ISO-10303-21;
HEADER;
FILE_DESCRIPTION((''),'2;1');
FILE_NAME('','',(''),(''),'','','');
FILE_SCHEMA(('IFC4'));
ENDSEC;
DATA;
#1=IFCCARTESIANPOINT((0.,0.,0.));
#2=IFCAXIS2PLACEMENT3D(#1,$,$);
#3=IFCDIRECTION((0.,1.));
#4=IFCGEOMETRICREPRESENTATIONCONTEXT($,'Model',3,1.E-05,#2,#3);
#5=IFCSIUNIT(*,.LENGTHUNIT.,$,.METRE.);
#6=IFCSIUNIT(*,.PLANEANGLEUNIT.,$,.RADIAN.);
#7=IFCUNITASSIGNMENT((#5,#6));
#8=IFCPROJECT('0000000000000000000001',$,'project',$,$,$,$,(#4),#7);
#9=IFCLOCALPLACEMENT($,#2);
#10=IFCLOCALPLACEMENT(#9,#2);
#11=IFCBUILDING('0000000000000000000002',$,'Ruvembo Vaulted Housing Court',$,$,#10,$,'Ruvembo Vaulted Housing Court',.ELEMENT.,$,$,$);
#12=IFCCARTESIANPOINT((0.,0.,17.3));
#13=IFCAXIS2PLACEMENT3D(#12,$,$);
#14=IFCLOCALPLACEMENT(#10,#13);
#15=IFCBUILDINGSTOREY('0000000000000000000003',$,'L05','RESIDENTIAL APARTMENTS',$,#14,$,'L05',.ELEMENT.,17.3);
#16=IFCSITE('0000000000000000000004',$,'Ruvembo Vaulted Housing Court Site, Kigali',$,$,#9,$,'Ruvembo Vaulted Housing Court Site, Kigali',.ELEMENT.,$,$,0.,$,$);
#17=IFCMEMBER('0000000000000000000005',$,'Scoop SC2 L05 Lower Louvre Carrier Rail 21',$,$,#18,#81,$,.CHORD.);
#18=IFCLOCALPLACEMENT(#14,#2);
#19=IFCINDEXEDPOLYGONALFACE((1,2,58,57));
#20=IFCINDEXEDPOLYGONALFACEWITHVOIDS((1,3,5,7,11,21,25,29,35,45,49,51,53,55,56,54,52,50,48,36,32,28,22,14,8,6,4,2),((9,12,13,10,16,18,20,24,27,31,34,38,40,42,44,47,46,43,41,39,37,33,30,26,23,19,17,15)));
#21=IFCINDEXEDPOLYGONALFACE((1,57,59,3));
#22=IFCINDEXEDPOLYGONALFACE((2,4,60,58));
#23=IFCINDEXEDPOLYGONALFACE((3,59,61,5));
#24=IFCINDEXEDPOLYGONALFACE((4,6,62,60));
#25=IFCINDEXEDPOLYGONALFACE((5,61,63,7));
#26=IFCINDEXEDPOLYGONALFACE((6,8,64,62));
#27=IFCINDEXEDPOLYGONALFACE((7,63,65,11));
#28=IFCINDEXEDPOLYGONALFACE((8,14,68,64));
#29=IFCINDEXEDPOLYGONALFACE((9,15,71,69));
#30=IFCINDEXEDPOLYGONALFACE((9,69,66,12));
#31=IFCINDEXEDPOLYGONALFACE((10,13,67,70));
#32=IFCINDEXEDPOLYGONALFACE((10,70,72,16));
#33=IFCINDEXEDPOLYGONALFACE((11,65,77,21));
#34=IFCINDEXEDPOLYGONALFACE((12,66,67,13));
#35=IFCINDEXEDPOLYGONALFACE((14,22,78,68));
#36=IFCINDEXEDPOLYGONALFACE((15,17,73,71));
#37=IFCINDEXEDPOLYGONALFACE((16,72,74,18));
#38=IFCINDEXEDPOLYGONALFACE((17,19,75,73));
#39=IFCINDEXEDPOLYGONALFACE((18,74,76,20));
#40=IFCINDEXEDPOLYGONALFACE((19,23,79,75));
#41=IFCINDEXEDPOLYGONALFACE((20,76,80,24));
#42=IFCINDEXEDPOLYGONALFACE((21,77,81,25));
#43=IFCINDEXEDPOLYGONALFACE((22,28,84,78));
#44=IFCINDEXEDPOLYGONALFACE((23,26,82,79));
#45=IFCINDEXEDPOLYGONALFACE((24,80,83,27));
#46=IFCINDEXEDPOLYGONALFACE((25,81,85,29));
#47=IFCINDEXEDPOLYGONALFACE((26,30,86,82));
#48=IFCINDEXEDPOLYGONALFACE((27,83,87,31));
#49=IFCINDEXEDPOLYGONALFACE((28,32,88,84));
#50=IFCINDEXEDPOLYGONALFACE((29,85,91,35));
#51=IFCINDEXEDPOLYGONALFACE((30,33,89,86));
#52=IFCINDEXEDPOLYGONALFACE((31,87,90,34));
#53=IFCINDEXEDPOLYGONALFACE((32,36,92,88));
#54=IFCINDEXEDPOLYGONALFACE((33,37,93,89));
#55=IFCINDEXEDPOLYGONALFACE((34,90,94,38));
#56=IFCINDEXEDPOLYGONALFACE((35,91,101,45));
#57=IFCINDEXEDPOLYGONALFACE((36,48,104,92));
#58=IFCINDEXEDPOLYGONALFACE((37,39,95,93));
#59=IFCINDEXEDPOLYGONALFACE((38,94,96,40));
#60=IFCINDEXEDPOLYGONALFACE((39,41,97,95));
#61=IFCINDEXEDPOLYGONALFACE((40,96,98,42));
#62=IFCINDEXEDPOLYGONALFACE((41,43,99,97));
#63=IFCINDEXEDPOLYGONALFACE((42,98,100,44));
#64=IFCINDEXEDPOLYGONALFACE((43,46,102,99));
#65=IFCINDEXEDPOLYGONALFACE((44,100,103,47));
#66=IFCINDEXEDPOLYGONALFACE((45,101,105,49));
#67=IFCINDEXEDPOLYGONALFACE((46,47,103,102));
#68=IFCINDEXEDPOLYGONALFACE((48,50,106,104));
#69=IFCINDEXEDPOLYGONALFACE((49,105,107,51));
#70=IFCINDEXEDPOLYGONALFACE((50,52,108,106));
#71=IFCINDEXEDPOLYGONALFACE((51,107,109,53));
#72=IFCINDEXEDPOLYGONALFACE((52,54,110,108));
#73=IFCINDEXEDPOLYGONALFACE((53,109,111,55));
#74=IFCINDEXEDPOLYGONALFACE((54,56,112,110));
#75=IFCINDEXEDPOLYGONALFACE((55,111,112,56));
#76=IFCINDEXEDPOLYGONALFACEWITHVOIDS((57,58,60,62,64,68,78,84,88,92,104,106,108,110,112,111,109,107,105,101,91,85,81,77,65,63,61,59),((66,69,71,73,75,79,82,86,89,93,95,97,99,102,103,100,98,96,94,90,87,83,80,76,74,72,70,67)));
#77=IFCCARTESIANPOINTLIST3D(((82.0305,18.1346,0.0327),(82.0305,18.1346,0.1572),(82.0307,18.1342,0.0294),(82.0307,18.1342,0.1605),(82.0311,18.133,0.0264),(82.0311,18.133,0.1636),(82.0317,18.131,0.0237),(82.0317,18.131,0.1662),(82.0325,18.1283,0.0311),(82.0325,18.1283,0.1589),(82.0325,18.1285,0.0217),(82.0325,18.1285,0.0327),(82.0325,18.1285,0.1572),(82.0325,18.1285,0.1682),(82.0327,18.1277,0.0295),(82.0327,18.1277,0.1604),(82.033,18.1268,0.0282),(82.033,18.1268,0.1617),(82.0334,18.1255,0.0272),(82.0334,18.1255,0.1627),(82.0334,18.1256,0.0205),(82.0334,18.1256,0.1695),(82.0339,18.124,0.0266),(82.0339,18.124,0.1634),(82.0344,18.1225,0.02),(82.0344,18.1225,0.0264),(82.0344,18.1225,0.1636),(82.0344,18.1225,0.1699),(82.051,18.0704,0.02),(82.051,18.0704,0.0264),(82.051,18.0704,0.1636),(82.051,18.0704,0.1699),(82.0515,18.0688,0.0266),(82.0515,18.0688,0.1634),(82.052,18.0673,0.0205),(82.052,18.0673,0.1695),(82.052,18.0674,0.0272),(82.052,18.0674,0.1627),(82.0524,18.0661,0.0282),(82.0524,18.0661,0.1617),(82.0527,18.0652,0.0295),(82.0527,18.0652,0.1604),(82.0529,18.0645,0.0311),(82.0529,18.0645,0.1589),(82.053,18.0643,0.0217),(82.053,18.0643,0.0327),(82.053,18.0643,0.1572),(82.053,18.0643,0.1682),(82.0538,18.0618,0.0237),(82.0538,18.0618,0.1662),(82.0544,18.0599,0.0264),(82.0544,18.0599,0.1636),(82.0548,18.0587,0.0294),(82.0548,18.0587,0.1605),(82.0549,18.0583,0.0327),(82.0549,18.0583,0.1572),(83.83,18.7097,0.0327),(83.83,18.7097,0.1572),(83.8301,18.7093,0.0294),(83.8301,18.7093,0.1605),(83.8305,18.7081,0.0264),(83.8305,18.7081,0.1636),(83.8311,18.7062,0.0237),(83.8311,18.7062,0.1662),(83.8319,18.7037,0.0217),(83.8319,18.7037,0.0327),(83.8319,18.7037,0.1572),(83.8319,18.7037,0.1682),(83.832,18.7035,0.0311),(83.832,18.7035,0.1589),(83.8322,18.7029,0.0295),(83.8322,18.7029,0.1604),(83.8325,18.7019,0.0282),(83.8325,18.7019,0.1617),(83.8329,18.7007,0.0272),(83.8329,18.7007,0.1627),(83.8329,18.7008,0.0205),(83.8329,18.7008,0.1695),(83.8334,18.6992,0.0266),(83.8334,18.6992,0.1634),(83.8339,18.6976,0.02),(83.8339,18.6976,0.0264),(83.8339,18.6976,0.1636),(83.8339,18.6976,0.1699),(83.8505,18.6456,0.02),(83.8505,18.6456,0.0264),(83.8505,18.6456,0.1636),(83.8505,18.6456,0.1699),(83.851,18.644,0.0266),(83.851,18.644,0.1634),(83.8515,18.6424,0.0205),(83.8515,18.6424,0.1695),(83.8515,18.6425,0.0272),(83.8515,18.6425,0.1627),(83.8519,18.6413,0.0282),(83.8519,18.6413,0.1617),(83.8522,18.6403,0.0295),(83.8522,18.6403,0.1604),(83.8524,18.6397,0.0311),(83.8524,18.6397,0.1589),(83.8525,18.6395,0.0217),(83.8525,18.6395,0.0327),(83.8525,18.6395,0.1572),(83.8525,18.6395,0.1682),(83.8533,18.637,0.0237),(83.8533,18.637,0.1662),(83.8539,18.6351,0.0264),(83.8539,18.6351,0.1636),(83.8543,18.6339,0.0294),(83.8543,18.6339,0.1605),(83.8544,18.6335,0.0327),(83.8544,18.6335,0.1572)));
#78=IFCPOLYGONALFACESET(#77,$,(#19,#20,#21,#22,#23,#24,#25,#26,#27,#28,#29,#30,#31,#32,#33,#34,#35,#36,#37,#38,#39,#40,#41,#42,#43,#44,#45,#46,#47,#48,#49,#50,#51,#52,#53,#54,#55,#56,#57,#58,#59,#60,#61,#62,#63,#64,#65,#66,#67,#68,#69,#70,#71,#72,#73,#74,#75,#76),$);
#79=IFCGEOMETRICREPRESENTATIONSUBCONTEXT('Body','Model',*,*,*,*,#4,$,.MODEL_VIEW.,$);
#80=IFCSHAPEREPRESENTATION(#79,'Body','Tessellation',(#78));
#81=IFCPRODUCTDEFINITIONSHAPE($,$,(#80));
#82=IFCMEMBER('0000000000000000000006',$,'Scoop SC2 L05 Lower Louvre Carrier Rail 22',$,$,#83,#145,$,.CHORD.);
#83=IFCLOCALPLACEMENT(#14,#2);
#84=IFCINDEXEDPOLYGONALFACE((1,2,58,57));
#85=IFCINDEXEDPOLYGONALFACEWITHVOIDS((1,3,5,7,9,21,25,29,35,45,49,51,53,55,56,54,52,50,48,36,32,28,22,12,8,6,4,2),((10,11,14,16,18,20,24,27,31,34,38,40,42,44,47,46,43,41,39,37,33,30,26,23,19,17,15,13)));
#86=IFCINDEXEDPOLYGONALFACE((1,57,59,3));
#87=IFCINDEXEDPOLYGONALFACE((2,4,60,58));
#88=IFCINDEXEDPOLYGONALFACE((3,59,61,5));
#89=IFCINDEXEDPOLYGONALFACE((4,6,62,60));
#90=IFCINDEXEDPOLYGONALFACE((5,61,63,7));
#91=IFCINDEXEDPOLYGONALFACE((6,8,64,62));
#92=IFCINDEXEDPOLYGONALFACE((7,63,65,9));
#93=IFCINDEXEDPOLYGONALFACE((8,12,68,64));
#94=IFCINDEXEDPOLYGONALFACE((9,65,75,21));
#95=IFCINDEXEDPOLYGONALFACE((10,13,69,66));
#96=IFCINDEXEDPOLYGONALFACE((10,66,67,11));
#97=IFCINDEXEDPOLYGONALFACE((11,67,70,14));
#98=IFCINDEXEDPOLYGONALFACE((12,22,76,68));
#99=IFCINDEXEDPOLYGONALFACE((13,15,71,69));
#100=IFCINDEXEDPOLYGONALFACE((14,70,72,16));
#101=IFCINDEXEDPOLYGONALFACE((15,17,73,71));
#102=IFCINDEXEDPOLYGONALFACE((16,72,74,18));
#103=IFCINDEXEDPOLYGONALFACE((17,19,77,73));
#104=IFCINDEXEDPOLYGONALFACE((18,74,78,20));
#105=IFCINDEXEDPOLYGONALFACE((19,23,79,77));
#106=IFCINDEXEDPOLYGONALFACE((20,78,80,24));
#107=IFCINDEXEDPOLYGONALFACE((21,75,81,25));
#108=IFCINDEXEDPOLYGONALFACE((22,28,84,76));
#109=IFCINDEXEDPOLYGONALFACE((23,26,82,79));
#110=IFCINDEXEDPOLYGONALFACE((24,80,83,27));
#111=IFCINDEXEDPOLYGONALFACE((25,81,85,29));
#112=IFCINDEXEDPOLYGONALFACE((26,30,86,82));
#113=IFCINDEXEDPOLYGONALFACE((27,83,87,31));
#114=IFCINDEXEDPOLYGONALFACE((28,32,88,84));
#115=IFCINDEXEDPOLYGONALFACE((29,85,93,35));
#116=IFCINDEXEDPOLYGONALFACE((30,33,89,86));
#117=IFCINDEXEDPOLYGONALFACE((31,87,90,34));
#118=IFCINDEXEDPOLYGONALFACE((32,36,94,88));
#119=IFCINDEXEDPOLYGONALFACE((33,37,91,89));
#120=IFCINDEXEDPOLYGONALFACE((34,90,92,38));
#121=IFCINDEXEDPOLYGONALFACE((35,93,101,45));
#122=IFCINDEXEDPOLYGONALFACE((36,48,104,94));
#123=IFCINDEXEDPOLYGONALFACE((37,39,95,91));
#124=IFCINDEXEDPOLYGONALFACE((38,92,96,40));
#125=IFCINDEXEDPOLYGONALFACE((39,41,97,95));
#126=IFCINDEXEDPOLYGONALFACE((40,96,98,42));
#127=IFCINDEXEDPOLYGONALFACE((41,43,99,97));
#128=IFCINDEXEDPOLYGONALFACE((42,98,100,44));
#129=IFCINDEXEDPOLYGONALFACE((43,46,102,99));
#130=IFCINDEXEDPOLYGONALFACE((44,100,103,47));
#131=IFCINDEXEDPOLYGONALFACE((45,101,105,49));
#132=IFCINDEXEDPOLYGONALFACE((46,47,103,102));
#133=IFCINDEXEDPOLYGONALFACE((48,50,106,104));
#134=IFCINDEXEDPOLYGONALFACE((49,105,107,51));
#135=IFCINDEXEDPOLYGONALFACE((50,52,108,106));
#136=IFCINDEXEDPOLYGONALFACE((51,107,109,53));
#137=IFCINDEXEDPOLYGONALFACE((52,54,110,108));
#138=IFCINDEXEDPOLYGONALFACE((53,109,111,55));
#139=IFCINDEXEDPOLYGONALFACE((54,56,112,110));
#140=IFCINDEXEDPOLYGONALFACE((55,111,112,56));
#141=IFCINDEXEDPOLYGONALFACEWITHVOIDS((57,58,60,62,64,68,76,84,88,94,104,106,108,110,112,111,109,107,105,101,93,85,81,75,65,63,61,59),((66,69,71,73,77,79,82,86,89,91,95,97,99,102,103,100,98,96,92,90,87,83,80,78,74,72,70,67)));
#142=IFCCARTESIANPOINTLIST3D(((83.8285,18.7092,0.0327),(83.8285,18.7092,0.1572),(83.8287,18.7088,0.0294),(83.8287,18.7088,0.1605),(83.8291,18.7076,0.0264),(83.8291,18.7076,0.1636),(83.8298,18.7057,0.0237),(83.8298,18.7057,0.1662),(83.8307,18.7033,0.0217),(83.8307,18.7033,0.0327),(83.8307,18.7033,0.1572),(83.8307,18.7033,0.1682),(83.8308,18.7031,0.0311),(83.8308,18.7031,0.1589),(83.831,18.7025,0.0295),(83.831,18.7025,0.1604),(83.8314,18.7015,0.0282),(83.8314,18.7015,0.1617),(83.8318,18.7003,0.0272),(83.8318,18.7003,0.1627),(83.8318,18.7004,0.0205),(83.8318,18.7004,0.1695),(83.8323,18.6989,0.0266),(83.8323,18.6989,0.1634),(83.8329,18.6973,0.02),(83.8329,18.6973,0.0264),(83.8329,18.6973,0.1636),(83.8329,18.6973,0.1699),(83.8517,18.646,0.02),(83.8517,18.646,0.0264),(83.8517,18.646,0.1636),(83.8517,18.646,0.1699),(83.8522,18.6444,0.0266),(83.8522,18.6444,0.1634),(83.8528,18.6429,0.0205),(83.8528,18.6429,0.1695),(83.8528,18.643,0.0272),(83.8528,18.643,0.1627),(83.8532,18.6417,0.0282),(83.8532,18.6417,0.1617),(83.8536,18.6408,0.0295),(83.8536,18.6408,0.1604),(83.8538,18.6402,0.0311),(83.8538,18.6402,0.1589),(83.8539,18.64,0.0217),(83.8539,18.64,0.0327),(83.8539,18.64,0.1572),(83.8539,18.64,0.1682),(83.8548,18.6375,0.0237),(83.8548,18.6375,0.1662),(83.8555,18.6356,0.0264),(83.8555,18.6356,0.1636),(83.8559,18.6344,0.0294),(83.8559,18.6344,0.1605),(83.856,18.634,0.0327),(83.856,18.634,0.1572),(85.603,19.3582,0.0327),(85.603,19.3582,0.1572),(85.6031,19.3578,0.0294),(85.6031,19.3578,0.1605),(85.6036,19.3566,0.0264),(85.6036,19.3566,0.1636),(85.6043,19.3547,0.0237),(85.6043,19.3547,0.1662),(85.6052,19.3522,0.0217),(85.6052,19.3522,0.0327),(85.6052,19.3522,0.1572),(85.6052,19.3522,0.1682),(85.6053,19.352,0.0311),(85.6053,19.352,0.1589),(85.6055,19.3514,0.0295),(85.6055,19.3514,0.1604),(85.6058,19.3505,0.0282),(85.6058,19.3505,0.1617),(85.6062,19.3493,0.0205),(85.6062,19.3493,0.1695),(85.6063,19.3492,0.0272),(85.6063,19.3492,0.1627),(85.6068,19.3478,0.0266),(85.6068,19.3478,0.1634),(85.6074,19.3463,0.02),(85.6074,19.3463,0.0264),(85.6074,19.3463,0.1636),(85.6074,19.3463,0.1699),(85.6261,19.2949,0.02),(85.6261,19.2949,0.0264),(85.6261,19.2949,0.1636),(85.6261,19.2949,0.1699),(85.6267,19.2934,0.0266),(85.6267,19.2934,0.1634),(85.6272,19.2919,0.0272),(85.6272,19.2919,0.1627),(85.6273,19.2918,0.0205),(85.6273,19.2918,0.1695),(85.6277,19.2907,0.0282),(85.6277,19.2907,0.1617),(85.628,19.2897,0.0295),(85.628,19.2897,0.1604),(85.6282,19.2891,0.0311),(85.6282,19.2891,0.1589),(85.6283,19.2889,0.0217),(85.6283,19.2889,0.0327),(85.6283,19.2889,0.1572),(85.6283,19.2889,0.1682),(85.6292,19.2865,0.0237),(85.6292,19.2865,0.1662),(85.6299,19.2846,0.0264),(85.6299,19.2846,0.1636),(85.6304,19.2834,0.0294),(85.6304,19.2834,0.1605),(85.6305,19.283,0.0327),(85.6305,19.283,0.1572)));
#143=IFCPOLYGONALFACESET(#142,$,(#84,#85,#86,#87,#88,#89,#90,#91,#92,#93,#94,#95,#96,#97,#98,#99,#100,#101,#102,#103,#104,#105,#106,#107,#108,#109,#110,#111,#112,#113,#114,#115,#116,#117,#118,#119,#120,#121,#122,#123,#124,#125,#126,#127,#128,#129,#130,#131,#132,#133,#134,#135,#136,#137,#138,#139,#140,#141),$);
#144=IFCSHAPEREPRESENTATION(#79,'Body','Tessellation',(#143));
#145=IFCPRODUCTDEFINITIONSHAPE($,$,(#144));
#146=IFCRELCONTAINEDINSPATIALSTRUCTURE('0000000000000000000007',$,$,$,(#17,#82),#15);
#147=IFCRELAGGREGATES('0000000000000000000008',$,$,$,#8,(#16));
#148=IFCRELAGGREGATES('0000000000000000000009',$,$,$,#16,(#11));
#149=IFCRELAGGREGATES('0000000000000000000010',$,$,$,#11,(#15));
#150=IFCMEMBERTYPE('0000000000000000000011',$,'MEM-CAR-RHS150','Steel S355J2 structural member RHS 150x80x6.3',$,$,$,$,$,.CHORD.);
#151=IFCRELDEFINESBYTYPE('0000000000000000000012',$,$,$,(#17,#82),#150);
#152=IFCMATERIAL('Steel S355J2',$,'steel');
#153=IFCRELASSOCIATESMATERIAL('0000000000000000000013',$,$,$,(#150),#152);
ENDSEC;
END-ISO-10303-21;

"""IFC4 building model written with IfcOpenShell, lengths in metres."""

from ifc_helpers import new_model, si_unit, direction, frame, origin, origin_2d, place, context, subcontext, project, spatial, hollow_rectangle, extrude, material, material_profile, profile_set, type_object, element, save


model = new_model("IFC4")

# Units and contexts
model_context = context("Model", 3, precision=1e-05, world=origin(), true_north=direction((0.0, 1.0)))
body_context = subcontext(model_context, "Body", "Model", "MODEL_VIEW")
ifc_project = project(units=[si_unit("LENGTHUNIT", "METRE"), si_unit("PLANEANGLEUNIT", "RADIAN")], contexts=[model_context])

# Site, building, storey
site_placement = place(None, origin())
site = spatial("IfcSite", under=ifc_project, at=site_placement, Name="Ruvembo Vaulted Housing Court Site, Kigali", LongName="Ruvembo Vaulted Housing Court Site, Kigali", CompositionType="ELEMENT", RefElevation=0.0)
building_placement = place(site_placement, origin())
building = spatial("IfcBuilding", under=site, at=building_placement, Name="Ruvembo Vaulted Housing Court", LongName="Ruvembo Vaulted Housing Court", CompositionType="ELEMENT")
storey_placement = place(building_placement, frame((0.0, 0.0, 17.3)))
storey = spatial("IfcBuildingStorey", under=building, at=storey_placement, Name="L05", Description="RESIDENTIAL APARTMENTS", LongName="L05", CompositionType="ELEMENT", Elevation=17.3)

# Shared definitions
ifc_material_1 = material(Name="Steel S355J2", Category="steel")

# Members
ifc_material_profile_1 = material_profile(ifc_material_1, hollow_rectangle(XDim=0.0801, YDim=0.1499, WallThickness=0.0063, InnerFilletRadius=0.0063, OuterFilletRadius=0.0127, at=origin_2d()), Name="RHS 150x80x6.3")
ifc_profile_set_1 = profile_set([ifc_material_profile_1], Name="Steel S355J2")
member_type_1 = type_object("IfcMemberType", Name="MEM-CAR-RHS150", Description="Steel S355J2 structural member RHS 150x80x6.3", PredefinedType="CHORD", material=ifc_profile_set_1)
member_1_placement = place(storey_placement, frame((82.0427, 18.0964, 0.095), z_axis=(0.952526, 0.304457, 0.0), x_axis=(-0.304457, 0.952526, 0.0)))
element("IfcMember", 1, at=member_1_placement, inside=storey, type_object=member_type_1, Name="Scoop SC2 L05 Lower Louvre Carrier Rail 21", PredefinedType="CHORD", context=body_context, shape_type="SweptSolid", body=[
    extrude(hollow_rectangle(XDim=0.0801, YDim=0.1499, WallThickness=0.0063, InnerFilletRadius=0.0063, OuterFilletRadius=0.0127, at=origin_2d()), origin(), (0.0, 0.0, 1.0), 1.8892),
])
member_2_placement = place(storey_placement, frame((83.8423, 18.6716, 0.095), z_axis=(0.939166, 0.343465, 0.0), x_axis=(-0.343465, 0.939166, 0.0)))
element("IfcMember", 2, at=member_2_placement, inside=storey, type_object=member_type_1, Name="Scoop SC2 L05 Lower Louvre Carrier Rail 22", PredefinedType="CHORD", context=body_context, shape_type="SweptSolid", body=[
    extrude(hollow_rectangle(XDim=0.0801, YDim=0.1499, WallThickness=0.0063, InnerFilletRadius=0.0063, OuterFilletRadius=0.0127, at=origin_2d()), origin(), (0.0, 0.0, 1.0), 1.8894),
])

save(model, "model.ifc")
